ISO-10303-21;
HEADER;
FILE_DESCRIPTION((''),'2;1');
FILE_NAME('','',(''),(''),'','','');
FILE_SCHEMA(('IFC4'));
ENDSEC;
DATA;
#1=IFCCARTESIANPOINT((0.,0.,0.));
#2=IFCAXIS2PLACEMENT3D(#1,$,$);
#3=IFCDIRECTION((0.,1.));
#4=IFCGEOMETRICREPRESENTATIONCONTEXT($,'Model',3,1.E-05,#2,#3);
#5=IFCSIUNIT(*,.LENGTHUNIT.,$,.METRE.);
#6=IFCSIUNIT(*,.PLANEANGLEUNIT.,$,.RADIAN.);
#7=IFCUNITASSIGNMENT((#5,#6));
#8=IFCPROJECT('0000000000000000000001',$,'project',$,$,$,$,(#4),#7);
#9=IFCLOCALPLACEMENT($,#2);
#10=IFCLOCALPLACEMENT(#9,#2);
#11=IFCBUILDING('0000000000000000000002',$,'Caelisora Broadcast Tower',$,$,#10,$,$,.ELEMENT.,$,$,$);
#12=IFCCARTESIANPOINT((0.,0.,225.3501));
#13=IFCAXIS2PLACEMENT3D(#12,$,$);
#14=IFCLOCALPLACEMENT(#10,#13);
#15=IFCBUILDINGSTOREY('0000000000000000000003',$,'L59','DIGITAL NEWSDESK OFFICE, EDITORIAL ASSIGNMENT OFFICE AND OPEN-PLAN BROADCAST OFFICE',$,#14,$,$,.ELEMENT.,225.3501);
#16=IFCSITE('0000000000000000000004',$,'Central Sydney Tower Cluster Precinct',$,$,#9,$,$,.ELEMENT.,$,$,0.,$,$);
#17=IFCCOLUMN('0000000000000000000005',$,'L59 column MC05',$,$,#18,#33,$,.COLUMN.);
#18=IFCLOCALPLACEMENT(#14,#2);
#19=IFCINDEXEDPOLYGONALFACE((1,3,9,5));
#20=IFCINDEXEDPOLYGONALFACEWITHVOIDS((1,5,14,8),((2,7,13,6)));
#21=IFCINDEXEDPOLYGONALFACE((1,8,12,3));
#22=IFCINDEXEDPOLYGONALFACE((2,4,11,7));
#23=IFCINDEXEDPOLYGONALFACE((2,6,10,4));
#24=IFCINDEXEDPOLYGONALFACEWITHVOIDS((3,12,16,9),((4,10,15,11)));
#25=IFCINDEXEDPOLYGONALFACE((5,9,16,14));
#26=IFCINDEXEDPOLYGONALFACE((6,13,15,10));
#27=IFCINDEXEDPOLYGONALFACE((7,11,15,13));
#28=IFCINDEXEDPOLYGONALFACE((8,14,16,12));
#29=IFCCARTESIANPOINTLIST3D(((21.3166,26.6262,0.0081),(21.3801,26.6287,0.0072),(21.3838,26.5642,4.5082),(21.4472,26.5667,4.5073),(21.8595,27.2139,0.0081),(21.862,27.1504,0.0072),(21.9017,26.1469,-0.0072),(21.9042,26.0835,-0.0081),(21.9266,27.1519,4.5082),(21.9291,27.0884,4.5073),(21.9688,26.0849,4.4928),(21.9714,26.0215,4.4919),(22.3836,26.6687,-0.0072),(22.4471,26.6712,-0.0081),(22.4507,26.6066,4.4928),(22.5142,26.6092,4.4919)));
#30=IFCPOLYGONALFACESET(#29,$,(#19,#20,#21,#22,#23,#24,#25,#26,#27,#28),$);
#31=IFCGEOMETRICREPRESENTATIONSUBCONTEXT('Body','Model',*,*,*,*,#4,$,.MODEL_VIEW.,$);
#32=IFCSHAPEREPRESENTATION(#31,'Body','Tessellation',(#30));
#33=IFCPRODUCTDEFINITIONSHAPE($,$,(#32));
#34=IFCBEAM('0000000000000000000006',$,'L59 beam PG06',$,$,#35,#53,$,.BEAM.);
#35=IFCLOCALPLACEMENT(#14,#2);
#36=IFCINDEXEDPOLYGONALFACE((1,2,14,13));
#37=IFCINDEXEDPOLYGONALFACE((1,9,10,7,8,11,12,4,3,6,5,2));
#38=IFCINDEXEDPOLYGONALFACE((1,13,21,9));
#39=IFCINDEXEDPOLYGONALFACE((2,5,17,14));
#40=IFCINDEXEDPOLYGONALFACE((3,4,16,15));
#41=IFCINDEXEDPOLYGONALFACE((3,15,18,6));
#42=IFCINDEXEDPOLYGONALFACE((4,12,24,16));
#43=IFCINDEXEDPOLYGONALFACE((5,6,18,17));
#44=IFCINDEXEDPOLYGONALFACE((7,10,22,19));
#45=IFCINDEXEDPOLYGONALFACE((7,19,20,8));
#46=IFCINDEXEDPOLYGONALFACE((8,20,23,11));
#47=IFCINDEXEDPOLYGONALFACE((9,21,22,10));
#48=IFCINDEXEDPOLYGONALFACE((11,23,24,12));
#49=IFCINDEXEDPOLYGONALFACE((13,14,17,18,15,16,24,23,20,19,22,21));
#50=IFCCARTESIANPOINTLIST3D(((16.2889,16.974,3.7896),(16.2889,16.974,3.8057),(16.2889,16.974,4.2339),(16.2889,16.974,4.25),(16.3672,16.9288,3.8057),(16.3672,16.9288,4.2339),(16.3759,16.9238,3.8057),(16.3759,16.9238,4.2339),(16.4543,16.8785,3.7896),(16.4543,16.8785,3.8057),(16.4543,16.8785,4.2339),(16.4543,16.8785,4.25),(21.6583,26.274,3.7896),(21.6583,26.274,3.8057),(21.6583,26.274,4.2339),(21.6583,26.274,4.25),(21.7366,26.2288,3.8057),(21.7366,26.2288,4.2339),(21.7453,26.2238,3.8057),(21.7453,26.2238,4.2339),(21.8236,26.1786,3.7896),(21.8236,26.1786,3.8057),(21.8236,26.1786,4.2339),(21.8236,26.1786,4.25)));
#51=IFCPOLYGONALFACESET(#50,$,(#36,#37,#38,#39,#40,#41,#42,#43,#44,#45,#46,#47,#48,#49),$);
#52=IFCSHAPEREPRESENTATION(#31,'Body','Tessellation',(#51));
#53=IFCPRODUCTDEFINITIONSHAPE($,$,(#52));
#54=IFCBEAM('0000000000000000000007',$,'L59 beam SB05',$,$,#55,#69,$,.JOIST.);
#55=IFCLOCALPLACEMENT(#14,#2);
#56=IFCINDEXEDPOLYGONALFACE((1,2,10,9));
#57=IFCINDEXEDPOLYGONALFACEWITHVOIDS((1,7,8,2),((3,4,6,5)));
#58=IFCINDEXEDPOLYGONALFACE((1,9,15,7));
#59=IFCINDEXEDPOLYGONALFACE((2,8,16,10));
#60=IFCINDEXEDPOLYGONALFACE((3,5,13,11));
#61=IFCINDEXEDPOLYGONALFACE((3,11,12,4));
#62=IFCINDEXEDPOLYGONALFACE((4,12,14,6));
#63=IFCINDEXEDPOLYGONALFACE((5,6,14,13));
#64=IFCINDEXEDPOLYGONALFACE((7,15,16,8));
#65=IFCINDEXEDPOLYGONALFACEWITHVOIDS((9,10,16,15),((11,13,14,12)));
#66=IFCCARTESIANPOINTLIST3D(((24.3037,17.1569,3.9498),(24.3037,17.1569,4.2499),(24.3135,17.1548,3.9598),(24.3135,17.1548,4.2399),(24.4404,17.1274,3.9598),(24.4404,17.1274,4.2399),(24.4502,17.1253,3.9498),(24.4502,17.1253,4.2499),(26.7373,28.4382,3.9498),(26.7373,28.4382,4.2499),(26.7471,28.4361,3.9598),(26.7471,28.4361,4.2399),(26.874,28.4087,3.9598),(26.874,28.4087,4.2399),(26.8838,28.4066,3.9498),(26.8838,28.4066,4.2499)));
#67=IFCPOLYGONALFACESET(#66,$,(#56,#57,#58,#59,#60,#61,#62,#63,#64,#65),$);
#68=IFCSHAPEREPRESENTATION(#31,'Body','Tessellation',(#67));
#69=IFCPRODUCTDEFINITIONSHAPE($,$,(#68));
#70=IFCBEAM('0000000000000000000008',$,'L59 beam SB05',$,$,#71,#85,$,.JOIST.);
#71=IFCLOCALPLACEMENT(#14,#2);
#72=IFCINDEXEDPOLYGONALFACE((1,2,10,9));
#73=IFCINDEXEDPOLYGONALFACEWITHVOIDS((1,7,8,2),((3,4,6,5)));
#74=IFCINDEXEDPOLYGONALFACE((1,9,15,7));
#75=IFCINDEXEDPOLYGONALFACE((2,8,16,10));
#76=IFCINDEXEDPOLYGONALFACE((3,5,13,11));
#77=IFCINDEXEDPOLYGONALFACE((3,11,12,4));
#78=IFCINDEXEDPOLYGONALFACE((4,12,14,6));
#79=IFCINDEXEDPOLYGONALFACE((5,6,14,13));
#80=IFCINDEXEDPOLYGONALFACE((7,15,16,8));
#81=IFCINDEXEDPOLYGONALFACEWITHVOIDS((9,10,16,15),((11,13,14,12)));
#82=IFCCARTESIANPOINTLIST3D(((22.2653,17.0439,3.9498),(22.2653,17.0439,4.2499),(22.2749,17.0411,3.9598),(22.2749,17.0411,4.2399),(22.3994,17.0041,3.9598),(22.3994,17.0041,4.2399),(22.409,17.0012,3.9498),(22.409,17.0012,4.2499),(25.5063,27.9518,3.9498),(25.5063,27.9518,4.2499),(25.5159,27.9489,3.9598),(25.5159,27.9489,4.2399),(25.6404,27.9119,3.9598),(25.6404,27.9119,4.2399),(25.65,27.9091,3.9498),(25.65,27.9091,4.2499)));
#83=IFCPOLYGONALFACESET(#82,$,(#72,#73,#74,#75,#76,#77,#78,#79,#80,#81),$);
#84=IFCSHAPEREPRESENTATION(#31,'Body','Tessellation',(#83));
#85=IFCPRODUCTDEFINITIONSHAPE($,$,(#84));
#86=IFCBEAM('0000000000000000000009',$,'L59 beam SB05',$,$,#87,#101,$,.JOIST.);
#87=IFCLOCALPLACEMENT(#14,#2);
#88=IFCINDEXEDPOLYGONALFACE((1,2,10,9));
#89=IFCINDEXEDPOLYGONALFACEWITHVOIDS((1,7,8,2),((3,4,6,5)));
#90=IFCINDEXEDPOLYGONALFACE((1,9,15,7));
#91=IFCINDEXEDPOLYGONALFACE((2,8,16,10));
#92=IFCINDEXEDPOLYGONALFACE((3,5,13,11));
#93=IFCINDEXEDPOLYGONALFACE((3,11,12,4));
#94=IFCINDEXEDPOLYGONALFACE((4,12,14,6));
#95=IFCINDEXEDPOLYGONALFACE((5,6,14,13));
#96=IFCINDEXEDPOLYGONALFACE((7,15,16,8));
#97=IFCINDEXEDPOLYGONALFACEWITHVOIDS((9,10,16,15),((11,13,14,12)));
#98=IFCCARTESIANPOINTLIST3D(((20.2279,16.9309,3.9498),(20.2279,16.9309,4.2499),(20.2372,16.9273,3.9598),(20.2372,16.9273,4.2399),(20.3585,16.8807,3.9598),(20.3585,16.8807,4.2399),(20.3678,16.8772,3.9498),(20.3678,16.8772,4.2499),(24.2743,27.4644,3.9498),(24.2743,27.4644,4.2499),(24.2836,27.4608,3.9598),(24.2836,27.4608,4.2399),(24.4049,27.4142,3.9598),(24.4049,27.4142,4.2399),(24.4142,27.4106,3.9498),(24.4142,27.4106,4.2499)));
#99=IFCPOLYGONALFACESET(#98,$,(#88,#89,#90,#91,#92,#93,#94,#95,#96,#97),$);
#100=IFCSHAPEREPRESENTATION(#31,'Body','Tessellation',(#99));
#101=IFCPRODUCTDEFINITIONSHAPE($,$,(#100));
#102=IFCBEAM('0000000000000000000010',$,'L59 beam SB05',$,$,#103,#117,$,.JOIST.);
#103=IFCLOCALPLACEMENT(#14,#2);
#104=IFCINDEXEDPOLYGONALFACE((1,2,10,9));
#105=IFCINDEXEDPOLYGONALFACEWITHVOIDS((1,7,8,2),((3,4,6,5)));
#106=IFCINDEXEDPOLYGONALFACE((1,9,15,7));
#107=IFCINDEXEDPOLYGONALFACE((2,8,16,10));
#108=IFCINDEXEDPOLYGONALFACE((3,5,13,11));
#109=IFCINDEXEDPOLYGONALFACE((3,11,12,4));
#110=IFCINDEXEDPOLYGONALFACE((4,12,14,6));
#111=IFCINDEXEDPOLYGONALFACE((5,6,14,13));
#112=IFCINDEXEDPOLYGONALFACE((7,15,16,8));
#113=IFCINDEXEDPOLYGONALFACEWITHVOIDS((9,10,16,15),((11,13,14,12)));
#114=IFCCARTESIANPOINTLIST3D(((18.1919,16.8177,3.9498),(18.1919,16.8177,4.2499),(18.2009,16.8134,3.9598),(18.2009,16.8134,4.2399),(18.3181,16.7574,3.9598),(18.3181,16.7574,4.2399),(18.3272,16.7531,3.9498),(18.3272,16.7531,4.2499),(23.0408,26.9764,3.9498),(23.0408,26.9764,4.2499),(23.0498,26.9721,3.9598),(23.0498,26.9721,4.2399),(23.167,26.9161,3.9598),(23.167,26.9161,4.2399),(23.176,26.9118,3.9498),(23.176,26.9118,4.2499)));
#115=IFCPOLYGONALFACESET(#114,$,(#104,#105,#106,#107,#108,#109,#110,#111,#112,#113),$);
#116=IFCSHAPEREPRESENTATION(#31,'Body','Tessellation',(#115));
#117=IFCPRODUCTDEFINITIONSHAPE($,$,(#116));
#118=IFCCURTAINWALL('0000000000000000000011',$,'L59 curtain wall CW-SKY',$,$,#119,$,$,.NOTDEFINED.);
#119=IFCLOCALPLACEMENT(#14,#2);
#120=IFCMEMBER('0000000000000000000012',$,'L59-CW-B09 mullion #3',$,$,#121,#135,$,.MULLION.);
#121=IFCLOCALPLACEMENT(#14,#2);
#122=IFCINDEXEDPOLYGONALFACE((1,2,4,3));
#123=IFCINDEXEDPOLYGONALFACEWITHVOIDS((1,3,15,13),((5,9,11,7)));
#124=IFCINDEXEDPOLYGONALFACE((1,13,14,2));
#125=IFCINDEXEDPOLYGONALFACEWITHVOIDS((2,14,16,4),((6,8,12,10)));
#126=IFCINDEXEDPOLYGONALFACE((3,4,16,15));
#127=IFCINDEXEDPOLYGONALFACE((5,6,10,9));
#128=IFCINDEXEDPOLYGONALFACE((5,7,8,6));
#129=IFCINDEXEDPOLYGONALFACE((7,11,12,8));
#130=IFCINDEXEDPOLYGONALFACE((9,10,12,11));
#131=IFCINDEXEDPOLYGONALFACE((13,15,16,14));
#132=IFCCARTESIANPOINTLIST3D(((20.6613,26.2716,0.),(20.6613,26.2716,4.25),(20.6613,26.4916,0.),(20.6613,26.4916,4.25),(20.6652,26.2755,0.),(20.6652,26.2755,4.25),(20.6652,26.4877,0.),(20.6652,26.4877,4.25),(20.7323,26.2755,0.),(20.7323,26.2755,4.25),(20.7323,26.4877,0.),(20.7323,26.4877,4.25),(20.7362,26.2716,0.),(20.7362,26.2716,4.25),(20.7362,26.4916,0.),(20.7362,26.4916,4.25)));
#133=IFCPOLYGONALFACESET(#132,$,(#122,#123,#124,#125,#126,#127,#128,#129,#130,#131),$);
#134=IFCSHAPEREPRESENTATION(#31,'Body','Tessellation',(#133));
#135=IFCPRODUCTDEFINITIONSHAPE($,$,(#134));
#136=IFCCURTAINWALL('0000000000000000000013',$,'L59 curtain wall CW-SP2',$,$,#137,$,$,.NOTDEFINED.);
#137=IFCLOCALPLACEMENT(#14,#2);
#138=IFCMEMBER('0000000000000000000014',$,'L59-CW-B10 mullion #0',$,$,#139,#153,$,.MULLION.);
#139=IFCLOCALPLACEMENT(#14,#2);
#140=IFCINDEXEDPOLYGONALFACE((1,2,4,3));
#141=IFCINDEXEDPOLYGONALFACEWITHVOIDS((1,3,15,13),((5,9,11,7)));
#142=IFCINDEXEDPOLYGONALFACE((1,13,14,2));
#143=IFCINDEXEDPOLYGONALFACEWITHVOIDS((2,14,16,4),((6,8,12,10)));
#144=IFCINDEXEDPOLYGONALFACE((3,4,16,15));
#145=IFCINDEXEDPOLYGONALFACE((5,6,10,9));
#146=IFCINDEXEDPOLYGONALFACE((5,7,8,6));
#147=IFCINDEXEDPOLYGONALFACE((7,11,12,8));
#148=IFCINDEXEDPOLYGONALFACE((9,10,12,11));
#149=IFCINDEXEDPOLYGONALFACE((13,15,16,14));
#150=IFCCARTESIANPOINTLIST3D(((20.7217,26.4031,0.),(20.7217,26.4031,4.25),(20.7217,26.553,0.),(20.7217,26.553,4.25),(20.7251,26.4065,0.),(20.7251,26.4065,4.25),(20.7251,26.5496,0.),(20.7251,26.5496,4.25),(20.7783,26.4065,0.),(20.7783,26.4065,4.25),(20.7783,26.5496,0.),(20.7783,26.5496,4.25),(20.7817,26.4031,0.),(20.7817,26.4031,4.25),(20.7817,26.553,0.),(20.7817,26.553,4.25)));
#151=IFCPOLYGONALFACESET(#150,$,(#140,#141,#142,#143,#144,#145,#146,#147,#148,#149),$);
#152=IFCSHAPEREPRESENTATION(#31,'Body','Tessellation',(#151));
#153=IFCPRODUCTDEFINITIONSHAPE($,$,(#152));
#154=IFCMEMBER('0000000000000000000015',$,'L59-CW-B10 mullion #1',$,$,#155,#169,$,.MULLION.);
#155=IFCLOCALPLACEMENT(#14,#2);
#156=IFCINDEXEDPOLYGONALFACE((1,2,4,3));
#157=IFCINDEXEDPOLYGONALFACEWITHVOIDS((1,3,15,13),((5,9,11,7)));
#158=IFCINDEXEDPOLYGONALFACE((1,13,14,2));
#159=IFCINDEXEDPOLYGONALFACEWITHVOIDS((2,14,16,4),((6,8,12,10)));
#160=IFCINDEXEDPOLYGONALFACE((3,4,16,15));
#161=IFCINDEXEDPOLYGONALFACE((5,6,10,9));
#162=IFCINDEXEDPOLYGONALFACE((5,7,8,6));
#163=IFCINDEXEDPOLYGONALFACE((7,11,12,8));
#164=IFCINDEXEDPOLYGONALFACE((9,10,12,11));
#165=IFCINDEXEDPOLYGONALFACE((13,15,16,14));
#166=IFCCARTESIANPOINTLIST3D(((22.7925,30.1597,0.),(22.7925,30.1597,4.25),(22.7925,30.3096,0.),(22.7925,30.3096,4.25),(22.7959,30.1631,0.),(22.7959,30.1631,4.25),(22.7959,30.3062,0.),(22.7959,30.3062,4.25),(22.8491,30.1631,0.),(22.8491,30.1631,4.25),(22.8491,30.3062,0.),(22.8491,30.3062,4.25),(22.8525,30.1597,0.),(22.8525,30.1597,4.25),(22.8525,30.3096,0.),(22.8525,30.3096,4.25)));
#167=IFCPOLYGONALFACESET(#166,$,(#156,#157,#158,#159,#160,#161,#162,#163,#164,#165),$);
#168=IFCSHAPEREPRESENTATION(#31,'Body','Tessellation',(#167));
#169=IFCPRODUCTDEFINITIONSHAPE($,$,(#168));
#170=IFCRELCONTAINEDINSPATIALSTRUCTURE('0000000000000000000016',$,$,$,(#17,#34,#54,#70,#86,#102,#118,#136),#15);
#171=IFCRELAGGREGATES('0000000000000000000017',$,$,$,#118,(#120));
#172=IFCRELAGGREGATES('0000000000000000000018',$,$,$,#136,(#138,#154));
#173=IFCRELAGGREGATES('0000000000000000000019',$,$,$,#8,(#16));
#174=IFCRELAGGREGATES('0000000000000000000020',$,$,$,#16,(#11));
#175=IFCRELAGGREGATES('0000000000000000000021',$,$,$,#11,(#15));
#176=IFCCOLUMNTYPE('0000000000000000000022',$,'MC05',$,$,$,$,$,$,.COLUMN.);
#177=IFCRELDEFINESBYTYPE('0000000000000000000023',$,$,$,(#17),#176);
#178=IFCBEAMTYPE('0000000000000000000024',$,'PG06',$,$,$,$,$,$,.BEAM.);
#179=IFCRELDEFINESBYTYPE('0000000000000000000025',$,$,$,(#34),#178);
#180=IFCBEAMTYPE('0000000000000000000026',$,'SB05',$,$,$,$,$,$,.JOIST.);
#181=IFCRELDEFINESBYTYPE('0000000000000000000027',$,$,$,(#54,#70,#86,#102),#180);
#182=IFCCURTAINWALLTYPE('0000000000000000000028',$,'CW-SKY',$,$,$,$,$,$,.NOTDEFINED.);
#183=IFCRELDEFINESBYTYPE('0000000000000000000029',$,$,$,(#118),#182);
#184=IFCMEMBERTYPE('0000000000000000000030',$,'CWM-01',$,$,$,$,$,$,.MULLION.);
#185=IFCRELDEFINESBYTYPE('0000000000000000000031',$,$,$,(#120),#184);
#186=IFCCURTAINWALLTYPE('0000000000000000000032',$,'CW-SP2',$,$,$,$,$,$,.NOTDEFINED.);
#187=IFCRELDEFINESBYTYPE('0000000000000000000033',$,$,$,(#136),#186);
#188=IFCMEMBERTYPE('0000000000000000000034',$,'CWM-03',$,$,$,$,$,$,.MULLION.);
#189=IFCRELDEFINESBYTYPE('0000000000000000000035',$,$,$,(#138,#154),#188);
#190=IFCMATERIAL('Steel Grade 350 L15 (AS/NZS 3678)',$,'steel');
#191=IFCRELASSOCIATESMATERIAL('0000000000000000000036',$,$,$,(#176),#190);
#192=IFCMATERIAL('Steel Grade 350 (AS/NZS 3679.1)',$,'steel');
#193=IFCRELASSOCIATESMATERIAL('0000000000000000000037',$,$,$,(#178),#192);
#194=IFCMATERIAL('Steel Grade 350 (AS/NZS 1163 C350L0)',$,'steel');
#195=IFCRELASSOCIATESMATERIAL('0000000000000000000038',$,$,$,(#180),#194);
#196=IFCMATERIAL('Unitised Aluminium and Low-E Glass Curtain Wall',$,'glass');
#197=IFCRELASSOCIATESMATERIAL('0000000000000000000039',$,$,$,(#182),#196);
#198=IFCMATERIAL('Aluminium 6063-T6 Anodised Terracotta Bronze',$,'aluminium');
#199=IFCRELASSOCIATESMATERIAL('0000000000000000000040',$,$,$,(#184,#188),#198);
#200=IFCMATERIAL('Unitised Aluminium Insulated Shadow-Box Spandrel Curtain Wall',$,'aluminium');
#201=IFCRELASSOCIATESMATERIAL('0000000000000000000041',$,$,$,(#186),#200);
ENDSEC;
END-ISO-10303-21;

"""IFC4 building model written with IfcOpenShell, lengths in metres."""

from ifc_helpers import new_model, si_unit, direction, frame, origin, origin_2d, place, context, subcontext, project, spatial, hollow_rectangle, i_section, extrude, source, transform, mapped, material, material_profile, profile_set, type_object, type_shapes, element, aggregate, save


model = new_model("IFC4")

# Units and contexts
model_context = context("Model", 3, precision=1e-05, world=origin(), true_north=direction((0.0, 1.0)))
body_context = subcontext(model_context, "Body", "Model", "MODEL_VIEW")
ifc_project = project(units=[si_unit("LENGTHUNIT", "METRE"), si_unit("PLANEANGLEUNIT", "RADIAN")], contexts=[model_context])

# Site, building, storey
site_placement = place(None, origin())
site = spatial("IfcSite", under=ifc_project, at=site_placement, Name="Central Sydney Tower Cluster Precinct", CompositionType="ELEMENT", RefElevation=0.0)
building_placement = place(site_placement, origin())
building = spatial("IfcBuilding", under=site, at=building_placement, Name="Caelisora Broadcast Tower", CompositionType="ELEMENT")
storey_placement = place(building_placement, frame((0.0, 0.0, 225.3501)))
storey = spatial("IfcBuildingStorey", under=building, at=storey_placement, Name="L59", Description="DIGITAL NEWSDESK OFFICE, EDITORIAL ASSIGNMENT OFFICE AND OPEN-PLAN BROADCAST OFFICE", CompositionType="ELEMENT", Elevation=225.3501)

# Column
ifc_material_1 = material(Name="Steel Grade 350 L15 (AS/NZS 3678)", Category="steel")
ifc_material_profile_1 = material_profile(ifc_material_1, hollow_rectangle(XDim=0.8, YDim=0.8, WallThickness=0.0449, at=origin_2d()), Name="Steel Grade 350 L15 (AS/NZS 3678)")
ifc_profile_set_1 = profile_set([ifc_material_profile_1], Name="Steel Grade 350 L15 (AS/NZS 3678)")
column_type = type_object("IfcColumnType", Name="MC05", PredefinedType="COLUMN", material=ifc_profile_set_1)
shared_shape_1 = source(origin(), body_context, "Body", "SweptSolid", [
    extrude(hollow_rectangle(XDim=0.8, YDim=0.8, WallThickness=0.0449, at=origin_2d()), origin(), (0.0, 0.0, 1.0), 4.501),
])
type_shapes(column_type, [shared_shape_1])
column_placement = place(storey_placement, frame((21.8818, 26.6487, 0.0), z_axis=(0.014917, -0.013778, 0.999794), x_axis=(0.678502, 0.734599, 0.0)))
element("IfcColumn", 1, at=column_placement, inside=storey, type_object=column_type, Name="L59 column MC05", PredefinedType="COLUMN", context=body_context, shape_type="MappedRepresentation", body=[
    mapped(shared_shape_1, transform((0.0, 0.0, 0.0), scale=1.0)),
])

# Beams
ifc_material_2 = material(Name="Steel Grade 350 (AS/NZS 3679.1)", Category="steel")
ifc_material_profile_2 = material_profile(ifc_material_2, i_section(OverallWidth=0.1909, OverallDepth=0.4604, WebThickness=0.01, FlangeThickness=0.0161, at=origin_2d()), Name="Steel Grade 350 (AS/NZS 3679.1)")
ifc_profile_set_2 = profile_set([ifc_material_profile_2], Name="Steel Grade 350 (AS/NZS 3679.1)")
beam_type_1 = type_object("IfcBeamType", Name="PG06", PredefinedType="BEAM", material=ifc_profile_set_2)
shared_shape_2 = source(origin(), body_context, "Body", "SweptSolid", [
    extrude(i_section(OverallWidth=0.1909, OverallDepth=0.4604, WebThickness=0.01, FlangeThickness=0.0161, at=origin_2d()), origin(), (0.0, 0.0, 1.0), 10.7388),
])
type_shapes(beam_type_1, [shared_shape_2])
beam_1_placement = place(storey_placement, frame((21.741, 26.2263, 4.0198), z_axis=(-0.5, -0.866025, 0.0), x_axis=(0.866025, -0.5, 0.0)))
element("IfcBeam", 2, at=beam_1_placement, inside=storey, type_object=beam_type_1, Name="L59 beam PG06", PredefinedType="BEAM", context=body_context, shape_type="MappedRepresentation", body=[
    mapped(shared_shape_2, transform((0.0, 0.0, 0.0), scale=1.0)),
])
ifc_material_3 = material(Name="Steel Grade 350 (AS/NZS 1163 C350L0)", Category="steel")
ifc_material_profile_3 = material_profile(ifc_material_3, hollow_rectangle(XDim=0.1499, YDim=0.3, WallThickness=0.01, at=origin_2d()), Name="Steel Grade 350 (AS/NZS 1163 C350L0)")
ifc_profile_set_3 = profile_set([ifc_material_profile_3], Name="Steel Grade 350 (AS/NZS 1163 C350L0)")
beam_type_2 = type_object("IfcBeamType", Name="SB05", PredefinedType="JOIST", material=ifc_profile_set_3)
shared_shape_3 = source(origin(), body_context, "Body", "SweptSolid", [
    extrude(hollow_rectangle(XDim=0.1499, YDim=0.3, WallThickness=0.01, at=origin_2d()), origin(), (0.0, 0.0, 1.0), 11.5408),
])
beam_2_placement = place(storey_placement, frame((26.8105, 28.4224, 4.0999), z_axis=(-0.21087, -0.977514, 0.0), x_axis=(0.977514, -0.21087, 0.0)))
element("IfcBeam", 3, at=beam_2_placement, inside=storey, type_object=beam_type_2, Name="L59 beam SB05", PredefinedType="JOIST", context=body_context, shape_type="MappedRepresentation", body=[
    mapped(shared_shape_3, transform((0.0, 0.0, 0.0), scale=1.0)),
])
shared_shape_4 = source(origin(), body_context, "Body", "SweptSolid", [
    extrude(hollow_rectangle(XDim=0.1499, YDim=0.3, WallThickness=0.01, at=origin_2d()), origin(), (0.0, 0.0, 1.0), 11.3792),
])
beam_3_placement = place(storey_placement, frame((25.5781, 27.9304, 4.0999), z_axis=(-0.284814, -0.958583, 0.0), x_axis=(0.958583, -0.284814, 0.0)))
element("IfcBeam", 4, at=beam_3_placement, inside=storey, type_object=beam_type_2, Name="L59 beam SB05", PredefinedType="JOIST", context=body_context, shape_type="MappedRepresentation", body=[
    mapped(shared_shape_4, transform((0.0, 0.0, 0.0), scale=1.0)),
])
shared_shape_5 = source(origin(), body_context, "Body", "SweptSolid", [
    extrude(hollow_rectangle(XDim=0.1499, YDim=0.3, WallThickness=0.01, at=origin_2d()), origin(), (0.0, 0.0, 1.0), 11.2839),
])
beam_4_placement = place(storey_placement, frame((24.3442, 27.4375, 4.0999), z_axis=(-0.358598, -0.933492, 0.0), x_axis=(0.933492, -0.358598, 0.0)))
element("IfcBeam", 5, at=beam_4_placement, inside=storey, type_object=beam_type_2, Name="L59 beam SB05", PredefinedType="JOIST", context=body_context, shape_type="MappedRepresentation", body=[
    mapped(shared_shape_5, transform((0.0, 0.0, 0.0), scale=1.0)),
])
shared_shape_6 = source(origin(), body_context, "Body", "SweptSolid", [
    extrude(hollow_rectangle(XDim=0.1499, YDim=0.3, WallThickness=0.01, at=origin_2d()), origin(), (0.0, 0.0, 1.0), 11.2566),
])
type_shapes(beam_type_2, [shared_shape_3, shared_shape_4, shared_shape_5, shared_shape_6])
beam_5_placement = place(storey_placement, frame((23.1084, 26.9441, 4.0999), z_axis=(-0.430759, -0.902467, 0.0), x_axis=(0.902467, -0.430759, 0.0)))
element("IfcBeam", 6, at=beam_5_placement, inside=storey, type_object=beam_type_2, Name="L59 beam SB05", PredefinedType="JOIST", context=body_context, shape_type="MappedRepresentation", body=[
    mapped(shared_shape_6, transform((0.0, 0.0, 0.0), scale=1.0)),
])

# Curtain wall, member
ifc_material_4 = material(Name="Unitised Aluminium and Low-E Glass Curtain Wall", Category="glass")
curtain_wall_type_1 = type_object("IfcCurtainWallType", Name="CW-SKY", PredefinedType="NOTDEFINED", material=ifc_material_4)
curtain_wall_1_placement = place(storey_placement, origin())
curtain_wall_1 = element("IfcCurtainWall", 7, at=curtain_wall_1_placement, inside=storey, type_object=curtain_wall_type_1, Name="L59 curtain wall CW-SKY", PredefinedType="NOTDEFINED")
ifc_material_5 = material(Name="Aluminium 6063-T6 Anodised Terracotta Bronze", Category="aluminium")
ifc_material_profile_4 = material_profile(ifc_material_5, hollow_rectangle(XDim=0.075, YDim=0.22, WallThickness=0.0039, at=origin_2d()), Name="Aluminium 6063-T6 Anodised Terracotta Bronze")
ifc_profile_set_4 = profile_set([ifc_material_profile_4], Name="Aluminium 6063-T6 Anodised Terracotta Bronze")
member_type_1 = type_object("IfcMemberType", Name="CWM-01", PredefinedType="MULLION", material=ifc_profile_set_4)
shared_shape_7 = source(origin(), body_context, "Body", "SweptSolid", [
    extrude(hollow_rectangle(XDim=0.075, YDim=0.22, WallThickness=0.0039, at=origin_2d()), origin(), (0.0, 0.0, 1.0), 4.25),
])
type_shapes(member_type_1, [shared_shape_7])
member_1_placement = place(storey_placement, frame((20.6987, 26.3816, 0.0), z_axis=(0.0, 0.0, 1.0), x_axis=(1.0, 0.0, 0.0)))
member_1 = element("IfcMember", 8, at=member_1_placement, type_object=member_type_1, Name="L59-CW-B09 mullion #3", PredefinedType="MULLION", context=body_context, shape_type="MappedRepresentation", body=[
    mapped(shared_shape_7, transform((0.0, 0.0, 0.0), scale=1.0)),
])

# Curtain wall, members
ifc_material_6 = material(Name="Unitised Aluminium Insulated Shadow-Box Spandrel Curtain Wall", Category="aluminium")
curtain_wall_type_2 = type_object("IfcCurtainWallType", Name="CW-SP2", PredefinedType="NOTDEFINED", material=ifc_material_6)
curtain_wall_2_placement = place(storey_placement, origin())
curtain_wall_2 = element("IfcCurtainWall", 9, at=curtain_wall_2_placement, inside=storey, type_object=curtain_wall_type_2, Name="L59 curtain wall CW-SP2", PredefinedType="NOTDEFINED")
ifc_material_profile_5 = material_profile(ifc_material_5, hollow_rectangle(XDim=0.0601, YDim=0.1499, WallThickness=0.0034, at=origin_2d()), Name="Aluminium 6063-T6 Anodised Terracotta Bronze")
ifc_profile_set_5 = profile_set([ifc_material_profile_5], Name="Aluminium 6063-T6 Anodised Terracotta Bronze")
member_type_2 = type_object("IfcMemberType", Name="CWM-03", PredefinedType="MULLION", material=ifc_profile_set_5)
shared_shape_8 = source(origin(), body_context, "Body", "SweptSolid", [
    extrude(hollow_rectangle(XDim=0.0601, YDim=0.1499, WallThickness=0.0034, at=origin_2d()), origin(), (0.0, 0.0, 1.0), 4.25),
])
type_shapes(member_type_2, [shared_shape_8])
member_2_placement = place(storey_placement, frame((20.7517, 26.478, 0.0), z_axis=(0.0, 0.0, 1.0), x_axis=(1.0, 0.0, 0.0)))
member_2 = element("IfcMember", 10, at=member_2_placement, type_object=member_type_2, Name="L59-CW-B10 mullion #0", PredefinedType="MULLION", context=body_context, shape_type="MappedRepresentation", body=[
    mapped(shared_shape_8, transform((0.0, 0.0, 0.0), scale=1.0)),
])
member_3_placement = place(storey_placement, frame((22.8225, 30.2346, 0.0), z_axis=(0.0, 0.0, 1.0), x_axis=(1.0, 0.0, 0.0)))
member_3 = element("IfcMember", 11, at=member_3_placement, type_object=member_type_2, Name="L59-CW-B10 mullion #1", PredefinedType="MULLION", context=body_context, shape_type="MappedRepresentation", body=[
    mapped(shared_shape_8, transform((0.0, 0.0, 0.0), scale=1.0)),
])

aggregate(curtain_wall_1, [member_1])
aggregate(curtain_wall_2, [member_2, member_3])

save(model, "model.ifc")
